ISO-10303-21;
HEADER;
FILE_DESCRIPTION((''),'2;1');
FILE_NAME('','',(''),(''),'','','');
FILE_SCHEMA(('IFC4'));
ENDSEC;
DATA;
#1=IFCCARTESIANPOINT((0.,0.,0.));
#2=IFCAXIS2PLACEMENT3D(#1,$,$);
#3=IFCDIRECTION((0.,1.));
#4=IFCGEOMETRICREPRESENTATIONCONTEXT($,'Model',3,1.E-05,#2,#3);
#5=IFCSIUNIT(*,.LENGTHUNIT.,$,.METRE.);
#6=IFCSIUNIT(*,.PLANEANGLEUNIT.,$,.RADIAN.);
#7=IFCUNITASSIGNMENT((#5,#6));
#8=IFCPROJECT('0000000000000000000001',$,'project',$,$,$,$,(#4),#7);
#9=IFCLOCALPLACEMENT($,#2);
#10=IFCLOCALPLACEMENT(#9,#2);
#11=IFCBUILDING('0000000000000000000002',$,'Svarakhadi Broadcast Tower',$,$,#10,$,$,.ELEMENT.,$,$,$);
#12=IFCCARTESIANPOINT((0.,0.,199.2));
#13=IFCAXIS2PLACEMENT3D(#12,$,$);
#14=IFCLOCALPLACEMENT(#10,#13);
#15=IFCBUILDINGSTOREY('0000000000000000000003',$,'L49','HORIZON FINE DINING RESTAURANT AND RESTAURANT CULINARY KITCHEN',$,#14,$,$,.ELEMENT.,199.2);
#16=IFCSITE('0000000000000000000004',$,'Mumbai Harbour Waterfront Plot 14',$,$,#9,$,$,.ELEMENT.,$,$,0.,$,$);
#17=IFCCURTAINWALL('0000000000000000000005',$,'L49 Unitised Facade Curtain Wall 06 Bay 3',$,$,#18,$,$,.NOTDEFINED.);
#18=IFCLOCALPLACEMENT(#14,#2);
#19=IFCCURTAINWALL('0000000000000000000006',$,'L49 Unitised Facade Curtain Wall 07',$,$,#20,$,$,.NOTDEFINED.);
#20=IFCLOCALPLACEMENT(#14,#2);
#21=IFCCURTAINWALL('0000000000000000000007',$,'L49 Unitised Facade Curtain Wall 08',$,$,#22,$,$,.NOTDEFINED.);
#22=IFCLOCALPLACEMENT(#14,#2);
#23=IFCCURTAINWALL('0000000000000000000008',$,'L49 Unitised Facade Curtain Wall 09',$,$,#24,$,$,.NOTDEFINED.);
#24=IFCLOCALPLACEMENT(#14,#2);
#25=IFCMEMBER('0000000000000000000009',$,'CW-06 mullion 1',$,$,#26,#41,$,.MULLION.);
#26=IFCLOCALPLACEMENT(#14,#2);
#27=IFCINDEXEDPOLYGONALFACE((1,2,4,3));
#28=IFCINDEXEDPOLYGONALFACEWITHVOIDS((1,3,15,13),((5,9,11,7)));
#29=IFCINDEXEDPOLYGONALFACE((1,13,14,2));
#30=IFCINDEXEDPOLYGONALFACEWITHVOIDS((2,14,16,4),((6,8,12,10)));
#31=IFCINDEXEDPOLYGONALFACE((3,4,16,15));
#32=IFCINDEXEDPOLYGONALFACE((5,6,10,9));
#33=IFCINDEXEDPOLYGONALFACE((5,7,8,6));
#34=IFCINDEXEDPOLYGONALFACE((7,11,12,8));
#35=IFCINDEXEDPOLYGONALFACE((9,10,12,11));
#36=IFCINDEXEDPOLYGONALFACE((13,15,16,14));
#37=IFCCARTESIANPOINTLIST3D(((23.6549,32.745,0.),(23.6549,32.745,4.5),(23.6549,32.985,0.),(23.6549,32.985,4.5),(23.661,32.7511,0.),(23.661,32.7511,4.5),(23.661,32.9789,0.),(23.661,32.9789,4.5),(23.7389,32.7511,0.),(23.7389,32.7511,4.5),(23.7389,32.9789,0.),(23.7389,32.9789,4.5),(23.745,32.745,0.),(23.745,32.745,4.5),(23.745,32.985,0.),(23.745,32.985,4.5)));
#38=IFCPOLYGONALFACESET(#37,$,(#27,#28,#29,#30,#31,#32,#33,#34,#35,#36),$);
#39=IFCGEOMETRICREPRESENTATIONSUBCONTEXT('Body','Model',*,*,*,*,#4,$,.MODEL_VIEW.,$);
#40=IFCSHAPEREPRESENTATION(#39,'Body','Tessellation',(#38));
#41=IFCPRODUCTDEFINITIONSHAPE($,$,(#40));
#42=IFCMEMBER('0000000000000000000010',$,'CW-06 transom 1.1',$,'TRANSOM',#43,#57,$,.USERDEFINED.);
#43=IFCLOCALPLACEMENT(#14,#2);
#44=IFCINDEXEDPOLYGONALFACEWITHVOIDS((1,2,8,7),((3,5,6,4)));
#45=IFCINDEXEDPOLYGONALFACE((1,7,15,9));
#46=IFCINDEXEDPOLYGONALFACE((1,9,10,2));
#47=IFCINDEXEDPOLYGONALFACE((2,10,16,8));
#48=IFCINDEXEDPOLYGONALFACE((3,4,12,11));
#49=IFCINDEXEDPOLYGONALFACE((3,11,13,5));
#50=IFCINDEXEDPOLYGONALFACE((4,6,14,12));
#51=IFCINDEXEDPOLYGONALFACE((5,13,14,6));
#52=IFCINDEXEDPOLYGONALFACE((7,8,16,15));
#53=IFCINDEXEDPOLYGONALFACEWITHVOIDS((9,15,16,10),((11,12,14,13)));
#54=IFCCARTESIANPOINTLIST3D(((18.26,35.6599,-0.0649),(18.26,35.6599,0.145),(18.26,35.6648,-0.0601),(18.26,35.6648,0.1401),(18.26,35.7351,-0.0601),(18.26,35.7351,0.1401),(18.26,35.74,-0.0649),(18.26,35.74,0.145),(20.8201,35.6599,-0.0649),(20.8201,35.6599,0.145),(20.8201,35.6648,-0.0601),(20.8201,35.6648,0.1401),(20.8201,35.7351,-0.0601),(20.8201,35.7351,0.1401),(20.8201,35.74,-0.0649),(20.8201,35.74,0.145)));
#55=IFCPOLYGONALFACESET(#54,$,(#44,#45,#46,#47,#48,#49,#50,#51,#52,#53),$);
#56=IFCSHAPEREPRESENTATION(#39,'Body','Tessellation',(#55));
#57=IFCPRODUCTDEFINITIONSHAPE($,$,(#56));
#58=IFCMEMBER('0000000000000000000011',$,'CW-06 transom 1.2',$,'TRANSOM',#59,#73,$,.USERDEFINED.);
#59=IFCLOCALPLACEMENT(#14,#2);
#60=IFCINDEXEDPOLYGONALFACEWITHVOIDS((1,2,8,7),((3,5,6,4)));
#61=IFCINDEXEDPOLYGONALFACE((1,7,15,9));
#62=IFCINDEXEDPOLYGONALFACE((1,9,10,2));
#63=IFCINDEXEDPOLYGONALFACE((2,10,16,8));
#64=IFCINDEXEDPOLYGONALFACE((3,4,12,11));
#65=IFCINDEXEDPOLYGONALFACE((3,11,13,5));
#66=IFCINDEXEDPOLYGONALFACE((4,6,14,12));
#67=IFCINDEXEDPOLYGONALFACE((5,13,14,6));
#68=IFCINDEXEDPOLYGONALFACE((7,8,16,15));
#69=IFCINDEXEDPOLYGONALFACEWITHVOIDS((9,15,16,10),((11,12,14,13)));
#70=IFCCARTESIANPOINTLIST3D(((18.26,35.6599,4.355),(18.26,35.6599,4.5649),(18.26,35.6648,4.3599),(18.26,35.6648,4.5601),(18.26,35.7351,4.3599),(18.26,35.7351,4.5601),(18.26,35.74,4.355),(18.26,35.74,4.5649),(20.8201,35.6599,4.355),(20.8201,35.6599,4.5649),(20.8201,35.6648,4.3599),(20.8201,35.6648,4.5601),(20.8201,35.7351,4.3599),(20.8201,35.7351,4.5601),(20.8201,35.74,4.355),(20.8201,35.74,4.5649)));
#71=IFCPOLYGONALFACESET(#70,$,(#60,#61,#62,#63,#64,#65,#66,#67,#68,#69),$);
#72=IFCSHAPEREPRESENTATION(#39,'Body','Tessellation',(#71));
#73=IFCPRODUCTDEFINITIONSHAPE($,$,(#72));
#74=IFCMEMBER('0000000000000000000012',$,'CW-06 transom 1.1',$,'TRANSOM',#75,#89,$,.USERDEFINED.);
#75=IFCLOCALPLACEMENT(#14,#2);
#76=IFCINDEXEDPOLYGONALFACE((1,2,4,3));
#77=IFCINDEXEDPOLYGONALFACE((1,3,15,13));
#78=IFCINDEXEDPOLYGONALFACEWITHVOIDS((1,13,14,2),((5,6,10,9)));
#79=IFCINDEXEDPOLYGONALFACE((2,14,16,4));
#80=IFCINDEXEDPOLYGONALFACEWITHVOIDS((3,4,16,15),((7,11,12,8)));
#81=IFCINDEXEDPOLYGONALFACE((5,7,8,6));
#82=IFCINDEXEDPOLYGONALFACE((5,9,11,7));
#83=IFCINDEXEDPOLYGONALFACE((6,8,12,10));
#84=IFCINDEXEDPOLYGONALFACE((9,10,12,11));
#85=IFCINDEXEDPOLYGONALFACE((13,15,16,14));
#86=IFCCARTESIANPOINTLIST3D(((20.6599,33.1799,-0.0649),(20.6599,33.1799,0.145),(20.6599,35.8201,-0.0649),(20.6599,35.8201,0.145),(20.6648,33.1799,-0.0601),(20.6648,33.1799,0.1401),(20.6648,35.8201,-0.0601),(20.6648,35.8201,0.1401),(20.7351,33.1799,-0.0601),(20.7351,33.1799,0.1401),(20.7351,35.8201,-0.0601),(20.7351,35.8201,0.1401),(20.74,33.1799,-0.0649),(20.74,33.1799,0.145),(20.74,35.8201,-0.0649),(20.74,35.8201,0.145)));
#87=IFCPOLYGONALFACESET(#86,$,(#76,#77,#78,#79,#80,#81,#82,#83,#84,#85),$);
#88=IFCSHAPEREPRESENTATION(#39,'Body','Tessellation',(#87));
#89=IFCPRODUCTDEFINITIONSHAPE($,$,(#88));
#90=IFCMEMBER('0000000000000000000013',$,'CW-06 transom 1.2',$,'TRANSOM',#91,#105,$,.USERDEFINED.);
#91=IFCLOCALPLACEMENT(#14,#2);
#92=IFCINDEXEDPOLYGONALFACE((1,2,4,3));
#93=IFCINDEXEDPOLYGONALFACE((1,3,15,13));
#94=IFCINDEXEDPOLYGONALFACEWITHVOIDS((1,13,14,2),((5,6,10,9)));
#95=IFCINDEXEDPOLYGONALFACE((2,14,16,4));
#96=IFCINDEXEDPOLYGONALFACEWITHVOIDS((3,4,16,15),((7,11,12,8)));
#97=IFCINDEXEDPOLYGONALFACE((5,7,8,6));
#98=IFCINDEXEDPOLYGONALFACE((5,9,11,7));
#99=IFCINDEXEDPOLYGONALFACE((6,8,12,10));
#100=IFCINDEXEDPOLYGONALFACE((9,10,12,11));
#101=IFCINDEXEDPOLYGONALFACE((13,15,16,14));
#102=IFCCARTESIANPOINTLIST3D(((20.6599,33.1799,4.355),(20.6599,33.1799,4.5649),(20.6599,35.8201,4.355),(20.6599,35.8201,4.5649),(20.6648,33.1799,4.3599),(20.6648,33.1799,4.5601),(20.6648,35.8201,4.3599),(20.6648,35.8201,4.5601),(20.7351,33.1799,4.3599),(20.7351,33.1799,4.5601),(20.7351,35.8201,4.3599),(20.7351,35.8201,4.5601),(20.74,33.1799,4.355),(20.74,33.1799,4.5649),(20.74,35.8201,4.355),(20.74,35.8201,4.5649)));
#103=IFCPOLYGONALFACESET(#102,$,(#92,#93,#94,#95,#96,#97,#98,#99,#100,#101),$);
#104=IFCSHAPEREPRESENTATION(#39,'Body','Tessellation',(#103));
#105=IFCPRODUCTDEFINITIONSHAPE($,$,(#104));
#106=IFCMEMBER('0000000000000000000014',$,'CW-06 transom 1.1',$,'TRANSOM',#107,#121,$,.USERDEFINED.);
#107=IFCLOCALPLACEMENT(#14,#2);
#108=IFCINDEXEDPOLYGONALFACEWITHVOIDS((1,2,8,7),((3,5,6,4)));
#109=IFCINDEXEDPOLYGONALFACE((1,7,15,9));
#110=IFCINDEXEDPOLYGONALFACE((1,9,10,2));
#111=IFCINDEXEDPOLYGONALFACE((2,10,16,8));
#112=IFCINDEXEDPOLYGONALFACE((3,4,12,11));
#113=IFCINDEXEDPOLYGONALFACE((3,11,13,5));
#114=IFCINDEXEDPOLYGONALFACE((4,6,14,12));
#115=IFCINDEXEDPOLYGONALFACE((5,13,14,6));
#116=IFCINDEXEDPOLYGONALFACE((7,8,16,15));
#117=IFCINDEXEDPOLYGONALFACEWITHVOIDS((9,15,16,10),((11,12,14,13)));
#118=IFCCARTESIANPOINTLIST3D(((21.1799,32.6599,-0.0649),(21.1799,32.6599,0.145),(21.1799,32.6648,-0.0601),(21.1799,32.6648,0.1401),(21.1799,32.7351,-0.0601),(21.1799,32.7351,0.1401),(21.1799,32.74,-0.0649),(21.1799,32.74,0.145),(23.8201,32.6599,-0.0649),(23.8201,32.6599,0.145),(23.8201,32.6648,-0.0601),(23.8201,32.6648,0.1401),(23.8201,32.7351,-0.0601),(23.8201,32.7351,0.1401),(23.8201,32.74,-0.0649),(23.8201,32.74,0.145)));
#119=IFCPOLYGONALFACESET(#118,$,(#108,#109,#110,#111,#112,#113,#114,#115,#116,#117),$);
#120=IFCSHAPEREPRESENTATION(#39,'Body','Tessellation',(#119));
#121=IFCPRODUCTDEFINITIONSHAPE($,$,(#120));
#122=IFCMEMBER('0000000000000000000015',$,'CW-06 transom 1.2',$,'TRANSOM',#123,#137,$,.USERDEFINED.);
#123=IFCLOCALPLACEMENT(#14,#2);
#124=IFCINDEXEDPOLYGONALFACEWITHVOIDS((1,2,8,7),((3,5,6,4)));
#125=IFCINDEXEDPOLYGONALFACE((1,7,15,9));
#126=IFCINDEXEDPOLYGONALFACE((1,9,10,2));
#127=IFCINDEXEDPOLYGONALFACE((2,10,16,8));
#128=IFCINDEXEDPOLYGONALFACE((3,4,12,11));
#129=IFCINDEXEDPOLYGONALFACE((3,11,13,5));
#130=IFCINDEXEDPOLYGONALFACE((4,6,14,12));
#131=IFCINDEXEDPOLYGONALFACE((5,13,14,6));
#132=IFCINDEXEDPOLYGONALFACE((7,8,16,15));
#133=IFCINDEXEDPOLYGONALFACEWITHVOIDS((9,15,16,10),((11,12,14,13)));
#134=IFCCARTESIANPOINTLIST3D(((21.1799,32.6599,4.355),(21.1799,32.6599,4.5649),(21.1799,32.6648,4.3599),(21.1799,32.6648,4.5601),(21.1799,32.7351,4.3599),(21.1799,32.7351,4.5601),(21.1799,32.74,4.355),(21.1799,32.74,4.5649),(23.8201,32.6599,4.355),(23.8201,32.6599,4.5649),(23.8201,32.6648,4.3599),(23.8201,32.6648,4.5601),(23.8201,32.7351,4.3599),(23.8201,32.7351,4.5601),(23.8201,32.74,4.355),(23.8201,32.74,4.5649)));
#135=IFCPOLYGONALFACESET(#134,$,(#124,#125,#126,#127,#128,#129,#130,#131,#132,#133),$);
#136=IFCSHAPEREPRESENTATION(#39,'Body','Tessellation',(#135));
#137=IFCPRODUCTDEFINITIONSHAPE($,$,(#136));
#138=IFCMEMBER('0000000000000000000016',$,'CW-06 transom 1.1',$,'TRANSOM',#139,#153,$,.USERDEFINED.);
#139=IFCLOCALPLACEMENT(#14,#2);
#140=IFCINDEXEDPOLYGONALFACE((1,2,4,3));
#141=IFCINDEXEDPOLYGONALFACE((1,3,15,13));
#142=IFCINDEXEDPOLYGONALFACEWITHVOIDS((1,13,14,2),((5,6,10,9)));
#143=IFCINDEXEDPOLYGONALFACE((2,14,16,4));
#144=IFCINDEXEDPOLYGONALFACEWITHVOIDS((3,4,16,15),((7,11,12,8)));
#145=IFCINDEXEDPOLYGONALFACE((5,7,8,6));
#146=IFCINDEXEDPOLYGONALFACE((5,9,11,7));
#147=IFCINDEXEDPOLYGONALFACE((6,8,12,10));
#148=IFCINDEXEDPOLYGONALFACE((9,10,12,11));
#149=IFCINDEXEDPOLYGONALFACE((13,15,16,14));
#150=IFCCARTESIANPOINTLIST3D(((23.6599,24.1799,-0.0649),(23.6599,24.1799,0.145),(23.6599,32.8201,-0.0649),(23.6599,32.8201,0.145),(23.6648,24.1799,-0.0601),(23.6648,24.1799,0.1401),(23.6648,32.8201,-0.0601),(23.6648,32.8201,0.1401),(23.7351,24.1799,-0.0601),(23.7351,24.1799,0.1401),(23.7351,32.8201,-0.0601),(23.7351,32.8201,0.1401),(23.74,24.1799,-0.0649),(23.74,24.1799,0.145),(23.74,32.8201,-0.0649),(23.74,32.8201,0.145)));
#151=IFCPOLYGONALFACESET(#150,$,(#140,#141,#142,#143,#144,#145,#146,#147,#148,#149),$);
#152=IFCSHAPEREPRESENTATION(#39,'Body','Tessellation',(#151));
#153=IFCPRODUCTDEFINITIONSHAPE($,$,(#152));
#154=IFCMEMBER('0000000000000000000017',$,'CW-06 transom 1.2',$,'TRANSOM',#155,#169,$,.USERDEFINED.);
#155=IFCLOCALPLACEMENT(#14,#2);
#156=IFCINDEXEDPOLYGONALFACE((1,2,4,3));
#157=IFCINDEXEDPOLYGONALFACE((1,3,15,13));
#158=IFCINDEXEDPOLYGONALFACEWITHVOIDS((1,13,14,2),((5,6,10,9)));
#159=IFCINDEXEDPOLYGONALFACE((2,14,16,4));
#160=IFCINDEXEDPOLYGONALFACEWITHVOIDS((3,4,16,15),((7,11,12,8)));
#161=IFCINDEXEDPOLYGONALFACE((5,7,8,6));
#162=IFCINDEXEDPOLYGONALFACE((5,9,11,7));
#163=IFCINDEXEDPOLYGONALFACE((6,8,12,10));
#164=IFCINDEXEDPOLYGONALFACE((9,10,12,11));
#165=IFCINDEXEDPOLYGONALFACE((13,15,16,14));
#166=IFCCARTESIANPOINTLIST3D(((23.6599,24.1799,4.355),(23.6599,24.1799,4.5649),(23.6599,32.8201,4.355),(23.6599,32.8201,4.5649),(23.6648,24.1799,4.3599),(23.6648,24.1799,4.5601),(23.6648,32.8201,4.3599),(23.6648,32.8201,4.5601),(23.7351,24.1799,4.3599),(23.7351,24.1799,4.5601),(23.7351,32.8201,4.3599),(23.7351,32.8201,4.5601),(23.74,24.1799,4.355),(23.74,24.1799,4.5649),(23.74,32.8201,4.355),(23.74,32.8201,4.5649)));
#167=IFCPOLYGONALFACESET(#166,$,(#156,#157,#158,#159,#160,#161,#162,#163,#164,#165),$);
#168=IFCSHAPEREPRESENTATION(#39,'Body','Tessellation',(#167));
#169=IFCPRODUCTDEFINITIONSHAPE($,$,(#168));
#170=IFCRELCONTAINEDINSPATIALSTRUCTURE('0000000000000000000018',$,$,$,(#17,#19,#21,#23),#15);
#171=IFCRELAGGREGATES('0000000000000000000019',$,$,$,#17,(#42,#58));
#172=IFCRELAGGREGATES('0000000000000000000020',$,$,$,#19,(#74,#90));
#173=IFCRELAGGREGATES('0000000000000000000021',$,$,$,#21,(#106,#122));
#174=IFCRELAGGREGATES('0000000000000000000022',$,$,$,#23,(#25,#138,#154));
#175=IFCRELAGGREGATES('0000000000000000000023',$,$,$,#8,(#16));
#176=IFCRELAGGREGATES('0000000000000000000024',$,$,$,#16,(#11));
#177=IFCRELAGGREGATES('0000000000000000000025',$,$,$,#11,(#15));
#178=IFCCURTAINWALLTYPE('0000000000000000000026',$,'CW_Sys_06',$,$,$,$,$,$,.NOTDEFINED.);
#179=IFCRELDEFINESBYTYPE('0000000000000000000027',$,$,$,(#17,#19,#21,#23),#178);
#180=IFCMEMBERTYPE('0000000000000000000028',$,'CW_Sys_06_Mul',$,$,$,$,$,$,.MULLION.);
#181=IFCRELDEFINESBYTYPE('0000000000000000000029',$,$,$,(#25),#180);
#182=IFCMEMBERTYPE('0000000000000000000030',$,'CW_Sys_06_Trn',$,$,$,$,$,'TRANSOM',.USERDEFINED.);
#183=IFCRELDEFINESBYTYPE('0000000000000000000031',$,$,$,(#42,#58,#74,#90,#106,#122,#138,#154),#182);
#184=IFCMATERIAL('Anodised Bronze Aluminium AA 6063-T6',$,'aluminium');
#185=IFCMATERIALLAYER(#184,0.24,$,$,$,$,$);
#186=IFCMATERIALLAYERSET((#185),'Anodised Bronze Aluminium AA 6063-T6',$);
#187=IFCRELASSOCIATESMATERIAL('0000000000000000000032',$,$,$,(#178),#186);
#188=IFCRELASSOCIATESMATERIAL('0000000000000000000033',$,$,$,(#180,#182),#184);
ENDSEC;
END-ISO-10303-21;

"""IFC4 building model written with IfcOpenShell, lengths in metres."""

from ifc_helpers import new_model, si_unit, direction, frame, origin, origin_2d, place, context, subcontext, project, spatial, hollow_rectangle, extrude, material, layer, layer_set, material_profile, profile_set, type_object, element, aggregate, save


model = new_model("IFC4")

# Units and contexts
model_context = context("Model", 3, precision=1e-05, world=origin(), true_north=direction((0.0, 1.0)))
body_context = subcontext(model_context, "Body", "Model", "MODEL_VIEW")
ifc_project = project(units=[si_unit("LENGTHUNIT", "METRE"), si_unit("PLANEANGLEUNIT", "RADIAN")], contexts=[model_context])

# Site, building, storey
site_placement = place(None, origin())
site = spatial("IfcSite", under=ifc_project, at=site_placement, Name="Mumbai Harbour Waterfront Plot 14", CompositionType="ELEMENT", RefElevation=0.0)
building_placement = place(site_placement, origin())
building = spatial("IfcBuilding", under=site, at=building_placement, Name="Svarakhadi Broadcast Tower", CompositionType="ELEMENT")
storey_placement = place(building_placement, frame((0.0, 0.0, 199.2)))
storey = spatial("IfcBuildingStorey", under=building, at=storey_placement, Name="L49", Description="HORIZON FINE DINING RESTAURANT AND RESTAURANT CULINARY KITCHEN", CompositionType="ELEMENT", Elevation=199.2)

# Curtain walls
ifc_material_1 = material(Name="Anodised Bronze Aluminium AA 6063-T6", Category="aluminium")
ifc_layer_1 = layer(ifc_material_1, 0.24)
ifc_layer_set_1 = layer_set([ifc_layer_1], Name="Anodised Bronze Aluminium AA 6063-T6")
curtain_wall_type = type_object("IfcCurtainWallType", Name="CW_Sys_06", PredefinedType="NOTDEFINED", material=ifc_layer_set_1)
curtain_wall_1_placement = place(storey_placement, origin())
curtain_wall_1 = element("IfcCurtainWall", 1, at=curtain_wall_1_placement, inside=storey, type_object=curtain_wall_type, Name="L49 Unitised Facade Curtain Wall 06 Bay 3", PredefinedType="NOTDEFINED")
ifc_material_profile_1 = material_profile(ifc_material_1, hollow_rectangle(XDim=0.0901, YDim=0.24, WallThickness=0.0061, at=origin_2d()), Name="ALU MULLION 240x90x6")
ifc_profile_set_1 = profile_set([ifc_material_profile_1], Name="Anodised Bronze Aluminium AA 6063-T6")
member_type_1 = type_object("IfcMemberType", Name="CW_Sys_06_Mul", PredefinedType="MULLION", material=ifc_profile_set_1)
curtain_wall_2_placement = place(storey_placement, origin())
curtain_wall_2 = element("IfcCurtainWall", 2, at=curtain_wall_2_placement, inside=storey, type_object=curtain_wall_type, Name="L49 Unitised Facade Curtain Wall 07", PredefinedType="NOTDEFINED")
curtain_wall_3_placement = place(storey_placement, origin())
curtain_wall_3 = element("IfcCurtainWall", 3, at=curtain_wall_3_placement, inside=storey, type_object=curtain_wall_type, Name="L49 Unitised Facade Curtain Wall 08", PredefinedType="NOTDEFINED")

# Curtain wall, member
curtain_wall_4_placement = place(storey_placement, origin())
curtain_wall_4 = element("IfcCurtainWall", 4, at=curtain_wall_4_placement, inside=storey, type_object=curtain_wall_type, Name="L49 Unitised Facade Curtain Wall 09", PredefinedType="NOTDEFINED")
member_1_placement = place(storey_placement, frame((23.7, 32.865, 0.0), z_axis=(0.0, 0.0, 1.0), x_axis=(1.0, 0.0, 0.0)))
member_1 = element("IfcMember", 5, at=member_1_placement, type_object=member_type_1, Name="CW-06 mullion 1", PredefinedType="MULLION", context=body_context, shape_type="SweptSolid", body=[
    extrude(hollow_rectangle(XDim=0.0901, YDim=0.24, WallThickness=0.0061, at=origin_2d()), origin(), (0.0, 0.0, 1.0), 4.5),
])

# Members
ifc_material_profile_2 = material_profile(ifc_material_1, hollow_rectangle(XDim=0.0801, YDim=0.21, WallThickness=0.0049, at=origin_2d()), Name="ALU TRANSOM 210x80x5")
ifc_profile_set_2 = profile_set([ifc_material_profile_2], Name="Anodised Bronze Aluminium AA 6063-T6")
member_type_2 = type_object("IfcMemberType", Name="CW_Sys_06_Trn", ElementType="TRANSOM", PredefinedType="USERDEFINED", material=ifc_profile_set_2)
member_2_placement = place(storey_placement, frame((18.26, 35.7, 0.04), z_axis=(1.0, 0.0, 0.0), x_axis=(0.0, 1.0, 0.0)))
member_2 = element("IfcMember", 6, at=member_2_placement, type_object=member_type_2, Name="CW-06 transom 1.1", ObjectType="TRANSOM", PredefinedType="USERDEFINED", context=body_context, shape_type="SweptSolid", body=[
    extrude(hollow_rectangle(XDim=0.0801, YDim=0.21, WallThickness=0.0049, at=origin_2d()), origin(), (0.0, 0.0, 1.0), 2.5601),
])
member_3_placement = place(storey_placement, frame((18.26, 35.7, 4.46), z_axis=(1.0, 0.0, 0.0), x_axis=(0.0, 1.0, 0.0)))
member_3 = element("IfcMember", 7, at=member_3_placement, type_object=member_type_2, Name="CW-06 transom 1.2", ObjectType="TRANSOM", PredefinedType="USERDEFINED", context=body_context, shape_type="SweptSolid", body=[
    extrude(hollow_rectangle(XDim=0.0801, YDim=0.21, WallThickness=0.0049, at=origin_2d()), origin(), (0.0, 0.0, 1.0), 2.5601),
])
member_4_placement = place(storey_placement, frame((20.7, 35.8201, 0.04), z_axis=(0.0, -1.0, 0.0), x_axis=(1.0, 0.0, 0.0)))
member_4 = element("IfcMember", 8, at=member_4_placement, type_object=member_type_2, Name="CW-06 transom 1.1", ObjectType="TRANSOM", PredefinedType="USERDEFINED", context=body_context, shape_type="SweptSolid", body=[
    extrude(hollow_rectangle(XDim=0.0801, YDim=0.21, WallThickness=0.0049, at=origin_2d()), origin(), (0.0, 0.0, 1.0), 2.6401),
])
member_5_placement = place(storey_placement, frame((20.7, 35.8201, 4.46), z_axis=(0.0, -1.0, 0.0), x_axis=(1.0, 0.0, 0.0)))
member_5 = element("IfcMember", 9, at=member_5_placement, type_object=member_type_2, Name="CW-06 transom 1.2", ObjectType="TRANSOM", PredefinedType="USERDEFINED", context=body_context, shape_type="SweptSolid", body=[
    extrude(hollow_rectangle(XDim=0.0801, YDim=0.21, WallThickness=0.0049, at=origin_2d()), origin(), (0.0, 0.0, 1.0), 2.6401),
])
member_6_placement = place(storey_placement, frame((21.1799, 32.7, 0.04), z_axis=(1.0, 0.0, 0.0), x_axis=(0.0, 1.0, 0.0)))
member_6 = element("IfcMember", 10, at=member_6_placement, type_object=member_type_2, Name="CW-06 transom 1.1", ObjectType="TRANSOM", PredefinedType="USERDEFINED", context=body_context, shape_type="SweptSolid", body=[
    extrude(hollow_rectangle(XDim=0.0801, YDim=0.21, WallThickness=0.0049, at=origin_2d()), origin(), (0.0, 0.0, 1.0), 2.6401),
])
member_7_placement = place(storey_placement, frame((21.1799, 32.7, 4.46), z_axis=(1.0, 0.0, 0.0), x_axis=(0.0, 1.0, 0.0)))
member_7 = element("IfcMember", 11, at=member_7_placement, type_object=member_type_2, Name="CW-06 transom 1.2", ObjectType="TRANSOM", PredefinedType="USERDEFINED", context=body_context, shape_type="SweptSolid", body=[
    extrude(hollow_rectangle(XDim=0.0801, YDim=0.21, WallThickness=0.0049, at=origin_2d()), origin(), (0.0, 0.0, 1.0), 2.6401),
])
member_8_placement = place(storey_placement, frame((23.7, 32.8201, 0.04), z_axis=(0.0, -1.0, 0.0), x_axis=(1.0, 0.0, 0.0)))
member_8 = element("IfcMember", 12, at=member_8_placement, type_object=member_type_2, Name="CW-06 transom 1.1", ObjectType="TRANSOM", PredefinedType="USERDEFINED", context=body_context, shape_type="SweptSolid", body=[
    extrude(hollow_rectangle(XDim=0.0801, YDim=0.21, WallThickness=0.0049, at=origin_2d()), origin(), (0.0, 0.0, 1.0), 8.6401),
])
member_9_placement = place(storey_placement, frame((23.7, 32.8201, 4.46), z_axis=(0.0, -1.0, 0.0), x_axis=(1.0, 0.0, 0.0)))
member_9 = element("IfcMember", 13, at=member_9_placement, type_object=member_type_2, Name="CW-06 transom 1.2", ObjectType="TRANSOM", PredefinedType="USERDEFINED", context=body_context, shape_type="SweptSolid", body=[
    extrude(hollow_rectangle(XDim=0.0801, YDim=0.21, WallThickness=0.0049, at=origin_2d()), origin(), (0.0, 0.0, 1.0), 8.6401),
])

aggregate(curtain_wall_1, [member_2, member_3])
aggregate(curtain_wall_2, [member_4, member_5])
aggregate(curtain_wall_3, [member_6, member_7])
aggregate(curtain_wall_4, [member_1, member_8, member_9])

save(model, "model.ifc")
